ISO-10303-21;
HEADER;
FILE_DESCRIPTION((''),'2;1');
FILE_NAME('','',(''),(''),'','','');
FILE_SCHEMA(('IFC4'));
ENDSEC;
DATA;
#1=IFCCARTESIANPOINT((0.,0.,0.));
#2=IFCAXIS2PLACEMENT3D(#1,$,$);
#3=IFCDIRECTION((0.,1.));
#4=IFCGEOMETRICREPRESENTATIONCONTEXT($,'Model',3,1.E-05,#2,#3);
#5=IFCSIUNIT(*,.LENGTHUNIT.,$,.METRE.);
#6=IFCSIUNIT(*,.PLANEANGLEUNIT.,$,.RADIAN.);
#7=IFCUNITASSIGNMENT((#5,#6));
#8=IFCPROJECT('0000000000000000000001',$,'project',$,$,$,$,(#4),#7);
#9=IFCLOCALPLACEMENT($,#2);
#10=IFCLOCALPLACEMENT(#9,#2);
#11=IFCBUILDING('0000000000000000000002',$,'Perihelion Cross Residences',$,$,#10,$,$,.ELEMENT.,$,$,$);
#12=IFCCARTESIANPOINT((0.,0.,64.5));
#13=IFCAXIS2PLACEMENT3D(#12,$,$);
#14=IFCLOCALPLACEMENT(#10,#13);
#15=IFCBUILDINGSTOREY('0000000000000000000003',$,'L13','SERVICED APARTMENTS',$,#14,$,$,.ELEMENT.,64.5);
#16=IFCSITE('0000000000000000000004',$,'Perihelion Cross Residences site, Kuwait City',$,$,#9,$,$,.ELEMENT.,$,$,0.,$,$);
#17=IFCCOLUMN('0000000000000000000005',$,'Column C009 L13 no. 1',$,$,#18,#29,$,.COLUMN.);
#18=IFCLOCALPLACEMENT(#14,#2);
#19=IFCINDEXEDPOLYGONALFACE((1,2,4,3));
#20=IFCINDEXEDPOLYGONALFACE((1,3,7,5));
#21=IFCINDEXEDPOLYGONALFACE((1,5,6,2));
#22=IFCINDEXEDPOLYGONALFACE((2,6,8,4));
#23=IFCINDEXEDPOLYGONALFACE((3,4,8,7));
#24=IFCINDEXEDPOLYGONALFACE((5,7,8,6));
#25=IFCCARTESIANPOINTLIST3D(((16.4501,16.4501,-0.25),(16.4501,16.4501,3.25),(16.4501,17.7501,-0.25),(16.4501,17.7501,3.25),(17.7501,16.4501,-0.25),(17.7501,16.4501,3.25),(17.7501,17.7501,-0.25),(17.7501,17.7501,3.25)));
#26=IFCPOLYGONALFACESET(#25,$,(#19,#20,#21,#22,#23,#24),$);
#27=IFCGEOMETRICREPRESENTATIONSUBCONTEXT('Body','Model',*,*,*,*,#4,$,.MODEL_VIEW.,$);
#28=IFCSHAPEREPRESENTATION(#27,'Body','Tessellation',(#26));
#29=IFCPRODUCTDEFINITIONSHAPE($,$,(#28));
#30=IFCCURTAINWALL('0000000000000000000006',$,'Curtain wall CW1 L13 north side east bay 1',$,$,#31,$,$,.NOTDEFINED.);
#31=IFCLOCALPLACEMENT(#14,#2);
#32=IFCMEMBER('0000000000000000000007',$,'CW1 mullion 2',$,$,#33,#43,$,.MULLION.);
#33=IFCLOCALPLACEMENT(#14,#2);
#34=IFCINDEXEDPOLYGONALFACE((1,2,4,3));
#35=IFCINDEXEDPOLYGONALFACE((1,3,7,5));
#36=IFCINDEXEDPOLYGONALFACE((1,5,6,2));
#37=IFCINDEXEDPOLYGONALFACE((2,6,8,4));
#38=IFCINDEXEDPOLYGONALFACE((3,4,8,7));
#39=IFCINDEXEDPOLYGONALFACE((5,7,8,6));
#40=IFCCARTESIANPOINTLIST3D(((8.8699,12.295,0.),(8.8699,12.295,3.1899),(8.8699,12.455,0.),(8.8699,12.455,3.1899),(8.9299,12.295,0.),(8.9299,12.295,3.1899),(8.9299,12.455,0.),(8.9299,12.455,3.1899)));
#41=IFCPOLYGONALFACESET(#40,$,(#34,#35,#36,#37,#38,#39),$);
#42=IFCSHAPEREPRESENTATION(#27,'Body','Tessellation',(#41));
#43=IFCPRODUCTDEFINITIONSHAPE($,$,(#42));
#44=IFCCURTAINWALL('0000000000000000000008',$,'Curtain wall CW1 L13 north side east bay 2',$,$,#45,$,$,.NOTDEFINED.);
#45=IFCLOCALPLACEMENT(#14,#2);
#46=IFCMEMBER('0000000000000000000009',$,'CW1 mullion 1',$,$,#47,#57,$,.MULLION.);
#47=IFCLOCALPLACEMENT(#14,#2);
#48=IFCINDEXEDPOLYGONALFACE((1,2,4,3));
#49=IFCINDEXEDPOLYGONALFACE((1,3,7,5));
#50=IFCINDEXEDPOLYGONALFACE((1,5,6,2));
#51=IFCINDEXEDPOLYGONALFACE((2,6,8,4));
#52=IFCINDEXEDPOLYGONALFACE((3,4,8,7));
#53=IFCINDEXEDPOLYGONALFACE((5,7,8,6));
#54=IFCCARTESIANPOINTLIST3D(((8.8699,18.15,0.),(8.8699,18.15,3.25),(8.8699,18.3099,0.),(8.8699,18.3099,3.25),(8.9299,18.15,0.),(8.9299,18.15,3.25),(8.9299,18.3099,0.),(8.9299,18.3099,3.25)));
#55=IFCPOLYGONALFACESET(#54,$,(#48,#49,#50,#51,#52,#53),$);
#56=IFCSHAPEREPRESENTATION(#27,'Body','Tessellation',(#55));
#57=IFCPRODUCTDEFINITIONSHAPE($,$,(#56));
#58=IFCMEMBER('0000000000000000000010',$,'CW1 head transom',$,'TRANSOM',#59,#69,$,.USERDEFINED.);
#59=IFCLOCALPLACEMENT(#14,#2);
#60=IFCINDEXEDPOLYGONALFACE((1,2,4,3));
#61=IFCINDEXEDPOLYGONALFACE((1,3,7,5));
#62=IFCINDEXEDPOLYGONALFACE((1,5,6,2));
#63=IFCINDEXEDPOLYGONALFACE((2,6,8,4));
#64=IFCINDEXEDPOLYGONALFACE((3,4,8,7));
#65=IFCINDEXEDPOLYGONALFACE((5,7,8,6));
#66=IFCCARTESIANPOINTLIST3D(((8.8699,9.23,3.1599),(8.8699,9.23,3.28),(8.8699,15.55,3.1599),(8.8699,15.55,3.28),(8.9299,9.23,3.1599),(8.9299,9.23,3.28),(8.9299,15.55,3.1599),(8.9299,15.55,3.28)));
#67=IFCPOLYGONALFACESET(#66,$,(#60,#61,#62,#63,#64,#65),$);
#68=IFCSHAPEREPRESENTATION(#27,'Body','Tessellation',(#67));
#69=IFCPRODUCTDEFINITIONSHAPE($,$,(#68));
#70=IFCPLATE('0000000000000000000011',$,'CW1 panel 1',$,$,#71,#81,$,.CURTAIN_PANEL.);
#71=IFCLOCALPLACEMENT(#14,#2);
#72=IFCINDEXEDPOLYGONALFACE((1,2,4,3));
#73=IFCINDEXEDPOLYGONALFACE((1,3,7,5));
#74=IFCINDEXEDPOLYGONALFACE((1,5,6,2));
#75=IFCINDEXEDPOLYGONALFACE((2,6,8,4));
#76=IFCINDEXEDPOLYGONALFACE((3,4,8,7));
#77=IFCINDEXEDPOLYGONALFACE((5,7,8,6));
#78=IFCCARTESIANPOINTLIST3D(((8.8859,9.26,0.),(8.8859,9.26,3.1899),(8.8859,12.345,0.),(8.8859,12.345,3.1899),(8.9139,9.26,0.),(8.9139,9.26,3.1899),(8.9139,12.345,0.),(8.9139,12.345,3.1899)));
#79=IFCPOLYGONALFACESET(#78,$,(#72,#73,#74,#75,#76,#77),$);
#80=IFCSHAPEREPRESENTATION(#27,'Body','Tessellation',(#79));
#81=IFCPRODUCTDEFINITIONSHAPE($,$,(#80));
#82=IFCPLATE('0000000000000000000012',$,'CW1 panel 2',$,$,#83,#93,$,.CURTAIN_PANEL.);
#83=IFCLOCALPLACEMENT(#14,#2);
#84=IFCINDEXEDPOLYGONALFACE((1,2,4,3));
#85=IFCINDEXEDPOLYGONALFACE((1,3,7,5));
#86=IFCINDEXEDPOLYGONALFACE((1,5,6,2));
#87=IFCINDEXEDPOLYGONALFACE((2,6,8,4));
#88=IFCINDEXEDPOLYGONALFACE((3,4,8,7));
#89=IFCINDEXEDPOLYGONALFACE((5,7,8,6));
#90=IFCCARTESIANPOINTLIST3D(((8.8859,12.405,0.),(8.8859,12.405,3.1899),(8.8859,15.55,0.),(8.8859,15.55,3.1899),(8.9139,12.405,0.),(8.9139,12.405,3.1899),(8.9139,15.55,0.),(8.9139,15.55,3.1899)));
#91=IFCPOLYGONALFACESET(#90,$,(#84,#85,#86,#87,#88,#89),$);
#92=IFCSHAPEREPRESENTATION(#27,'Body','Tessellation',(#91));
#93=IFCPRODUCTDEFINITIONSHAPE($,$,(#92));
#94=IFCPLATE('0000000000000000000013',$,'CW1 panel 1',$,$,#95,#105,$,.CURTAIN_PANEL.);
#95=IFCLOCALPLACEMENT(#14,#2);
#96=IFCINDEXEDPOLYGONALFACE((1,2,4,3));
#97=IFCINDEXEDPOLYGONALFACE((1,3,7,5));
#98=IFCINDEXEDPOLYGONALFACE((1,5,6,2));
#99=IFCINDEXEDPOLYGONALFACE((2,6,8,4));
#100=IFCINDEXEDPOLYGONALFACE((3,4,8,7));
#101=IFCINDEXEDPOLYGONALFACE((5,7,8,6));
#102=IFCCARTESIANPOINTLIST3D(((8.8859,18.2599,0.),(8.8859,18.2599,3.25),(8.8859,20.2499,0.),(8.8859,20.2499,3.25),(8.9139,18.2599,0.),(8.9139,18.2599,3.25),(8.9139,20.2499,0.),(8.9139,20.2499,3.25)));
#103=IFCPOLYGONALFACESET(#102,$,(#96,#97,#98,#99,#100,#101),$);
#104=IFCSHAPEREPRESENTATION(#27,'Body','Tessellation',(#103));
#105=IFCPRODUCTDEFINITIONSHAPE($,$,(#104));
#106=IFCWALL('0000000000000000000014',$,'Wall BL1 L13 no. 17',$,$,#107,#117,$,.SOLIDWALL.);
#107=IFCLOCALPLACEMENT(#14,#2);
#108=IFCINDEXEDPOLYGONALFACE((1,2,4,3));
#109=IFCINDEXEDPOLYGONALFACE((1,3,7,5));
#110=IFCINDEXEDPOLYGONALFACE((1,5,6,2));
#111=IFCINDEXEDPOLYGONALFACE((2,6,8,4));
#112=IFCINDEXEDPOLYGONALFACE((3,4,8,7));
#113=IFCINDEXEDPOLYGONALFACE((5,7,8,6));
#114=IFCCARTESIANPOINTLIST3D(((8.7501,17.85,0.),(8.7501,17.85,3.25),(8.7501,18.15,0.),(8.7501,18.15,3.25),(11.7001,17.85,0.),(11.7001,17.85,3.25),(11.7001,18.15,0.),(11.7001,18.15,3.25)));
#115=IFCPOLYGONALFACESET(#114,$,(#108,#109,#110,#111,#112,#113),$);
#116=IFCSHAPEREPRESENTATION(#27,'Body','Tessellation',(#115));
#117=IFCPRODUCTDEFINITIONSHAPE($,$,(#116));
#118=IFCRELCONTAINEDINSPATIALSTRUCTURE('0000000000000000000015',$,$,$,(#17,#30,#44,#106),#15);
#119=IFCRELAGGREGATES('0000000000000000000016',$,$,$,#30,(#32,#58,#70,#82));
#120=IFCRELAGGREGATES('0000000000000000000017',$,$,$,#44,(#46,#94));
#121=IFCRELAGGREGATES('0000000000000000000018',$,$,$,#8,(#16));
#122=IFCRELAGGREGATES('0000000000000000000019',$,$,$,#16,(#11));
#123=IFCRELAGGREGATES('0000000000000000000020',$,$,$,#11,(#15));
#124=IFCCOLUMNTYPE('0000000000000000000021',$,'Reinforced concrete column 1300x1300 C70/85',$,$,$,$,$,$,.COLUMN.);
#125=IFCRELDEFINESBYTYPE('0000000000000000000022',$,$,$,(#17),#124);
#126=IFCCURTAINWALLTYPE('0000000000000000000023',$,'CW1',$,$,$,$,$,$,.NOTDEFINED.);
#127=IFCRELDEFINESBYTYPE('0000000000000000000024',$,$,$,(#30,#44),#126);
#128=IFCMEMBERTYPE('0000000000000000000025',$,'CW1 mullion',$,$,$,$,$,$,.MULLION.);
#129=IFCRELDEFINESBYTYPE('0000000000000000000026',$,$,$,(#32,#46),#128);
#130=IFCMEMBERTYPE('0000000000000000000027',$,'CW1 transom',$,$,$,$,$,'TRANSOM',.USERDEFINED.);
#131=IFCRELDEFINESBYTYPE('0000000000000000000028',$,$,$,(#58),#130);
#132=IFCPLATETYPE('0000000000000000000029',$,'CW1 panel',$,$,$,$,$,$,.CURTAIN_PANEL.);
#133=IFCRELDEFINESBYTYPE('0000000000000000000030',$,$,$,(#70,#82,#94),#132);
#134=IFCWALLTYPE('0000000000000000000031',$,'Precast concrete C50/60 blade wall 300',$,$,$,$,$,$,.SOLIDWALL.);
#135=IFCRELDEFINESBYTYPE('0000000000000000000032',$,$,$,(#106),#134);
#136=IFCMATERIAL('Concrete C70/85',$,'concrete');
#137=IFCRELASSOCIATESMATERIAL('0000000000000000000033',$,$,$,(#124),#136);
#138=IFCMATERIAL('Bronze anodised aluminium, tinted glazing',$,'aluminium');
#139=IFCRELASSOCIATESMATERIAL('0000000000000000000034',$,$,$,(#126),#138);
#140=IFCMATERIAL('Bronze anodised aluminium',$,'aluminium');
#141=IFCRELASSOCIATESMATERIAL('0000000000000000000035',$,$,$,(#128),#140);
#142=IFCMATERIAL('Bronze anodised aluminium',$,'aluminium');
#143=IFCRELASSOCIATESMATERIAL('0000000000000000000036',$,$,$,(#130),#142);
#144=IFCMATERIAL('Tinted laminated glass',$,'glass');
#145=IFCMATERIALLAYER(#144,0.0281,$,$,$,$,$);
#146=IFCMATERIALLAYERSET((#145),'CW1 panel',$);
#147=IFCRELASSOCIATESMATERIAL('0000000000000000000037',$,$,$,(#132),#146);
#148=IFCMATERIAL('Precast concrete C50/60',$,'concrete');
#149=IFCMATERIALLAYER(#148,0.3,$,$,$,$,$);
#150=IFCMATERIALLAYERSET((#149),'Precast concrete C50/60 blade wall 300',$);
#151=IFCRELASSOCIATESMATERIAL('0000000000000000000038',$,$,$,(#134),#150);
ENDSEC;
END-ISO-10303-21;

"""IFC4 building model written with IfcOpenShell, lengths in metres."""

from ifc_helpers import new_model, si_unit, direction, frame, frame_2d, origin, origin_2d, place, context, subcontext, project, spatial, rectangle, extrude, material, layer, layer_set, material_profile, profile_set, type_object, element, aggregate, save


model = new_model("IFC4")

# Units and contexts
model_context = context("Model", 3, precision=1e-05, world=origin(), true_north=direction((0.0, 1.0)))
body_context = subcontext(model_context, "Body", "Model", "MODEL_VIEW")
ifc_project = project(units=[si_unit("LENGTHUNIT", "METRE"), si_unit("PLANEANGLEUNIT", "RADIAN")], contexts=[model_context])

# Site, building, storey
site_placement = place(None, origin())
site = spatial("IfcSite", under=ifc_project, at=site_placement, Name="Perihelion Cross Residences site, Kuwait City", CompositionType="ELEMENT", RefElevation=0.0)
building_placement = place(site_placement, origin())
building = spatial("IfcBuilding", under=site, at=building_placement, Name="Perihelion Cross Residences", CompositionType="ELEMENT")
storey_placement = place(building_placement, frame((0.0, 0.0, 64.5)))
storey = spatial("IfcBuildingStorey", under=building, at=storey_placement, Name="L13", Description="SERVICED APARTMENTS", CompositionType="ELEMENT", Elevation=64.5)

# Column
ifc_material_1 = material(Name="Concrete C70/85", Category="concrete")
ifc_material_profile_1 = material_profile(ifc_material_1, rectangle(XDim=1.3, YDim=1.3, at=origin_2d()), Name="RC 1300x1300")
ifc_profile_set_1 = profile_set([ifc_material_profile_1], Name="Concrete C70/85")
column_type = type_object("IfcColumnType", Name="Reinforced concrete column 1300x1300 C70/85", PredefinedType="COLUMN", material=ifc_profile_set_1)
column_placement = place(storey_placement, frame((17.1001, 17.1001, -0.25), z_axis=(0.0, 0.0, 1.0), x_axis=(1.0, 0.0, 0.0)))
element("IfcColumn", 1, at=column_placement, inside=storey, type_object=column_type, Name="Column C009 L13 no. 1", PredefinedType="COLUMN", context=body_context, shape_type="SweptSolid", body=[
    extrude(rectangle(XDim=1.3, YDim=1.3, at=origin_2d()), origin(), (0.0, 0.0, 1.0), 3.5),
])

# Curtain walls, members
ifc_material_2 = material(Name="Bronze anodised aluminium, tinted glazing", Category="aluminium")
curtain_wall_type = type_object("IfcCurtainWallType", Name="CW1", PredefinedType="NOTDEFINED", material=ifc_material_2)
curtain_wall_1_placement = place(storey_placement, origin())
curtain_wall_1 = element("IfcCurtainWall", 2, at=curtain_wall_1_placement, inside=storey, type_object=curtain_wall_type, Name="Curtain wall CW1 L13 north side east bay 1", PredefinedType="NOTDEFINED")
ifc_material_3 = material(Name="Bronze anodised aluminium", Category="aluminium")
ifc_material_profile_2 = material_profile(ifc_material_3, rectangle(XDim=0.0601, YDim=0.1599, at=origin_2d()), Name="CW1 mullion")
ifc_profile_set_2 = profile_set([ifc_material_profile_2], Name="Bronze anodised aluminium")
member_type_1 = type_object("IfcMemberType", Name="CW1 mullion", PredefinedType="MULLION", material=ifc_profile_set_2)
member_1_placement = place(storey_placement, frame((8.8999, 12.375, 0.0), z_axis=(0.0, 0.0, 1.0), x_axis=(-1.0, 0.0, 0.0)))
member_1 = element("IfcMember", 3, at=member_1_placement, type_object=member_type_1, Name="CW1 mullion 2", PredefinedType="MULLION", context=body_context, shape_type="SweptSolid", body=[
    extrude(rectangle(XDim=0.0601, YDim=0.1599, at=origin_2d()), origin(), (0.0, 0.0, 1.0), 3.1899),
])
curtain_wall_2_placement = place(storey_placement, origin())
curtain_wall_2 = element("IfcCurtainWall", 4, at=curtain_wall_2_placement, inside=storey, type_object=curtain_wall_type, Name="Curtain wall CW1 L13 north side east bay 2", PredefinedType="NOTDEFINED")
member_2_placement = place(storey_placement, frame((8.8999, 18.23, 0.0), z_axis=(0.0, 0.0, 1.0), x_axis=(-1.0, 0.0, 0.0)))
member_2 = element("IfcMember", 5, at=member_2_placement, type_object=member_type_1, Name="CW1 mullion 1", PredefinedType="MULLION", context=body_context, shape_type="SweptSolid", body=[
    extrude(rectangle(XDim=0.0601, YDim=0.1599, at=origin_2d()), origin(), (0.0, 0.0, 1.0), 3.25),
])

# Member
ifc_material_4 = material(Name="Bronze anodised aluminium", Category="aluminium")
ifc_material_profile_3 = material_profile(ifc_material_4, rectangle(XDim=0.0601, YDim=0.1201, at=origin_2d()), Name="CW1 transom")
ifc_profile_set_3 = profile_set([ifc_material_profile_3], Name="Bronze anodised aluminium")
member_type_2 = type_object("IfcMemberType", Name="CW1 transom", ElementType="TRANSOM", PredefinedType="USERDEFINED", material=ifc_profile_set_3)
member_3_placement = place(storey_placement, frame((8.8999, 9.23, 3.22), z_axis=(0.0, 1.0, 0.0), x_axis=(-1.0, 0.0, 0.0)))
member_3 = element("IfcMember", 6, at=member_3_placement, type_object=member_type_2, Name="CW1 head transom", ObjectType="TRANSOM", PredefinedType="USERDEFINED", context=body_context, shape_type="SweptSolid", body=[
    extrude(rectangle(XDim=0.0601, YDim=0.1201, at=origin_2d()), origin(), (0.0, 0.0, 1.0), 6.3201),
])

# Plates
ifc_material_5 = material(Name="Tinted laminated glass", Category="glass")
ifc_layer_1 = layer(ifc_material_5, 0.0281)
ifc_layer_set_1 = layer_set([ifc_layer_1], Name="CW1 panel")
plate_type = type_object("IfcPlateType", Name="CW1 panel", PredefinedType="CURTAIN_PANEL", material=ifc_layer_set_1)
plate_1_placement = place(storey_placement, frame((8.8999, 10.8025, 0.0), z_axis=(0.0, 0.0, 1.0), x_axis=(0.0, 1.0, 0.0)))
plate_1 = element("IfcPlate", 7, at=plate_1_placement, type_object=plate_type, Name="CW1 panel 1", PredefinedType="CURTAIN_PANEL", context=body_context, shape_type="SweptSolid", body=[
    extrude(rectangle(XDim=3.085, YDim=0.0281, at=origin_2d()), origin(), (0.0, 0.0, 1.0), 3.1899),
])
plate_2_placement = place(storey_placement, frame((8.8999, 13.9775, 0.0), z_axis=(0.0, 0.0, 1.0), x_axis=(0.0, 1.0, 0.0)))
plate_2 = element("IfcPlate", 8, at=plate_2_placement, type_object=plate_type, Name="CW1 panel 2", PredefinedType="CURTAIN_PANEL", context=body_context, shape_type="SweptSolid", body=[
    extrude(rectangle(XDim=3.145, YDim=0.0281, at=origin_2d()), origin(), (0.0, 0.0, 1.0), 3.1899),
])
aggregate(curtain_wall_1, [member_1, member_3, plate_1, plate_2])
plate_3_placement = place(storey_placement, frame((8.8999, 19.2549, 0.0), z_axis=(0.0, 0.0, 1.0), x_axis=(0.0, 1.0, 0.0)))
plate_3 = element("IfcPlate", 9, at=plate_3_placement, type_object=plate_type, Name="CW1 panel 1", PredefinedType="CURTAIN_PANEL", context=body_context, shape_type="SweptSolid", body=[
    extrude(rectangle(XDim=1.99, YDim=0.0281, at=origin_2d()), origin(), (0.0, 0.0, 1.0), 3.25),
])
aggregate(curtain_wall_2, [member_2, plate_3])

# Wall
ifc_material_6 = material(Name="Precast concrete C50/60", Category="concrete")
ifc_layer_2 = layer(ifc_material_6, 0.3)
ifc_layer_set_2 = layer_set([ifc_layer_2], Name="Precast concrete C50/60 blade wall 300")
wall_type_1 = type_object("IfcWallType", Name="Precast concrete C50/60 blade wall 300", PredefinedType="SOLIDWALL", material=ifc_layer_set_2)
wall_1_placement = place(storey_placement, frame((8.75, 18.0, 0.0), z_axis=(0.0, 0.0, 1.0), x_axis=(1.0, 0.0, 0.0)))
element("IfcWall", 10, at=wall_1_placement, inside=storey, type_object=wall_type_1, Name="Wall BL1 L13 no. 17", PredefinedType="SOLIDWALL", context=body_context, shape_type="SweptSolid", body=[
    extrude(rectangle(XDim=2.95, YDim=0.3, at=frame_2d((1.4751, 0.0))), origin(), (0.0, 0.0, 1.0), 3.25),
])

save(model, "model.ifc")
